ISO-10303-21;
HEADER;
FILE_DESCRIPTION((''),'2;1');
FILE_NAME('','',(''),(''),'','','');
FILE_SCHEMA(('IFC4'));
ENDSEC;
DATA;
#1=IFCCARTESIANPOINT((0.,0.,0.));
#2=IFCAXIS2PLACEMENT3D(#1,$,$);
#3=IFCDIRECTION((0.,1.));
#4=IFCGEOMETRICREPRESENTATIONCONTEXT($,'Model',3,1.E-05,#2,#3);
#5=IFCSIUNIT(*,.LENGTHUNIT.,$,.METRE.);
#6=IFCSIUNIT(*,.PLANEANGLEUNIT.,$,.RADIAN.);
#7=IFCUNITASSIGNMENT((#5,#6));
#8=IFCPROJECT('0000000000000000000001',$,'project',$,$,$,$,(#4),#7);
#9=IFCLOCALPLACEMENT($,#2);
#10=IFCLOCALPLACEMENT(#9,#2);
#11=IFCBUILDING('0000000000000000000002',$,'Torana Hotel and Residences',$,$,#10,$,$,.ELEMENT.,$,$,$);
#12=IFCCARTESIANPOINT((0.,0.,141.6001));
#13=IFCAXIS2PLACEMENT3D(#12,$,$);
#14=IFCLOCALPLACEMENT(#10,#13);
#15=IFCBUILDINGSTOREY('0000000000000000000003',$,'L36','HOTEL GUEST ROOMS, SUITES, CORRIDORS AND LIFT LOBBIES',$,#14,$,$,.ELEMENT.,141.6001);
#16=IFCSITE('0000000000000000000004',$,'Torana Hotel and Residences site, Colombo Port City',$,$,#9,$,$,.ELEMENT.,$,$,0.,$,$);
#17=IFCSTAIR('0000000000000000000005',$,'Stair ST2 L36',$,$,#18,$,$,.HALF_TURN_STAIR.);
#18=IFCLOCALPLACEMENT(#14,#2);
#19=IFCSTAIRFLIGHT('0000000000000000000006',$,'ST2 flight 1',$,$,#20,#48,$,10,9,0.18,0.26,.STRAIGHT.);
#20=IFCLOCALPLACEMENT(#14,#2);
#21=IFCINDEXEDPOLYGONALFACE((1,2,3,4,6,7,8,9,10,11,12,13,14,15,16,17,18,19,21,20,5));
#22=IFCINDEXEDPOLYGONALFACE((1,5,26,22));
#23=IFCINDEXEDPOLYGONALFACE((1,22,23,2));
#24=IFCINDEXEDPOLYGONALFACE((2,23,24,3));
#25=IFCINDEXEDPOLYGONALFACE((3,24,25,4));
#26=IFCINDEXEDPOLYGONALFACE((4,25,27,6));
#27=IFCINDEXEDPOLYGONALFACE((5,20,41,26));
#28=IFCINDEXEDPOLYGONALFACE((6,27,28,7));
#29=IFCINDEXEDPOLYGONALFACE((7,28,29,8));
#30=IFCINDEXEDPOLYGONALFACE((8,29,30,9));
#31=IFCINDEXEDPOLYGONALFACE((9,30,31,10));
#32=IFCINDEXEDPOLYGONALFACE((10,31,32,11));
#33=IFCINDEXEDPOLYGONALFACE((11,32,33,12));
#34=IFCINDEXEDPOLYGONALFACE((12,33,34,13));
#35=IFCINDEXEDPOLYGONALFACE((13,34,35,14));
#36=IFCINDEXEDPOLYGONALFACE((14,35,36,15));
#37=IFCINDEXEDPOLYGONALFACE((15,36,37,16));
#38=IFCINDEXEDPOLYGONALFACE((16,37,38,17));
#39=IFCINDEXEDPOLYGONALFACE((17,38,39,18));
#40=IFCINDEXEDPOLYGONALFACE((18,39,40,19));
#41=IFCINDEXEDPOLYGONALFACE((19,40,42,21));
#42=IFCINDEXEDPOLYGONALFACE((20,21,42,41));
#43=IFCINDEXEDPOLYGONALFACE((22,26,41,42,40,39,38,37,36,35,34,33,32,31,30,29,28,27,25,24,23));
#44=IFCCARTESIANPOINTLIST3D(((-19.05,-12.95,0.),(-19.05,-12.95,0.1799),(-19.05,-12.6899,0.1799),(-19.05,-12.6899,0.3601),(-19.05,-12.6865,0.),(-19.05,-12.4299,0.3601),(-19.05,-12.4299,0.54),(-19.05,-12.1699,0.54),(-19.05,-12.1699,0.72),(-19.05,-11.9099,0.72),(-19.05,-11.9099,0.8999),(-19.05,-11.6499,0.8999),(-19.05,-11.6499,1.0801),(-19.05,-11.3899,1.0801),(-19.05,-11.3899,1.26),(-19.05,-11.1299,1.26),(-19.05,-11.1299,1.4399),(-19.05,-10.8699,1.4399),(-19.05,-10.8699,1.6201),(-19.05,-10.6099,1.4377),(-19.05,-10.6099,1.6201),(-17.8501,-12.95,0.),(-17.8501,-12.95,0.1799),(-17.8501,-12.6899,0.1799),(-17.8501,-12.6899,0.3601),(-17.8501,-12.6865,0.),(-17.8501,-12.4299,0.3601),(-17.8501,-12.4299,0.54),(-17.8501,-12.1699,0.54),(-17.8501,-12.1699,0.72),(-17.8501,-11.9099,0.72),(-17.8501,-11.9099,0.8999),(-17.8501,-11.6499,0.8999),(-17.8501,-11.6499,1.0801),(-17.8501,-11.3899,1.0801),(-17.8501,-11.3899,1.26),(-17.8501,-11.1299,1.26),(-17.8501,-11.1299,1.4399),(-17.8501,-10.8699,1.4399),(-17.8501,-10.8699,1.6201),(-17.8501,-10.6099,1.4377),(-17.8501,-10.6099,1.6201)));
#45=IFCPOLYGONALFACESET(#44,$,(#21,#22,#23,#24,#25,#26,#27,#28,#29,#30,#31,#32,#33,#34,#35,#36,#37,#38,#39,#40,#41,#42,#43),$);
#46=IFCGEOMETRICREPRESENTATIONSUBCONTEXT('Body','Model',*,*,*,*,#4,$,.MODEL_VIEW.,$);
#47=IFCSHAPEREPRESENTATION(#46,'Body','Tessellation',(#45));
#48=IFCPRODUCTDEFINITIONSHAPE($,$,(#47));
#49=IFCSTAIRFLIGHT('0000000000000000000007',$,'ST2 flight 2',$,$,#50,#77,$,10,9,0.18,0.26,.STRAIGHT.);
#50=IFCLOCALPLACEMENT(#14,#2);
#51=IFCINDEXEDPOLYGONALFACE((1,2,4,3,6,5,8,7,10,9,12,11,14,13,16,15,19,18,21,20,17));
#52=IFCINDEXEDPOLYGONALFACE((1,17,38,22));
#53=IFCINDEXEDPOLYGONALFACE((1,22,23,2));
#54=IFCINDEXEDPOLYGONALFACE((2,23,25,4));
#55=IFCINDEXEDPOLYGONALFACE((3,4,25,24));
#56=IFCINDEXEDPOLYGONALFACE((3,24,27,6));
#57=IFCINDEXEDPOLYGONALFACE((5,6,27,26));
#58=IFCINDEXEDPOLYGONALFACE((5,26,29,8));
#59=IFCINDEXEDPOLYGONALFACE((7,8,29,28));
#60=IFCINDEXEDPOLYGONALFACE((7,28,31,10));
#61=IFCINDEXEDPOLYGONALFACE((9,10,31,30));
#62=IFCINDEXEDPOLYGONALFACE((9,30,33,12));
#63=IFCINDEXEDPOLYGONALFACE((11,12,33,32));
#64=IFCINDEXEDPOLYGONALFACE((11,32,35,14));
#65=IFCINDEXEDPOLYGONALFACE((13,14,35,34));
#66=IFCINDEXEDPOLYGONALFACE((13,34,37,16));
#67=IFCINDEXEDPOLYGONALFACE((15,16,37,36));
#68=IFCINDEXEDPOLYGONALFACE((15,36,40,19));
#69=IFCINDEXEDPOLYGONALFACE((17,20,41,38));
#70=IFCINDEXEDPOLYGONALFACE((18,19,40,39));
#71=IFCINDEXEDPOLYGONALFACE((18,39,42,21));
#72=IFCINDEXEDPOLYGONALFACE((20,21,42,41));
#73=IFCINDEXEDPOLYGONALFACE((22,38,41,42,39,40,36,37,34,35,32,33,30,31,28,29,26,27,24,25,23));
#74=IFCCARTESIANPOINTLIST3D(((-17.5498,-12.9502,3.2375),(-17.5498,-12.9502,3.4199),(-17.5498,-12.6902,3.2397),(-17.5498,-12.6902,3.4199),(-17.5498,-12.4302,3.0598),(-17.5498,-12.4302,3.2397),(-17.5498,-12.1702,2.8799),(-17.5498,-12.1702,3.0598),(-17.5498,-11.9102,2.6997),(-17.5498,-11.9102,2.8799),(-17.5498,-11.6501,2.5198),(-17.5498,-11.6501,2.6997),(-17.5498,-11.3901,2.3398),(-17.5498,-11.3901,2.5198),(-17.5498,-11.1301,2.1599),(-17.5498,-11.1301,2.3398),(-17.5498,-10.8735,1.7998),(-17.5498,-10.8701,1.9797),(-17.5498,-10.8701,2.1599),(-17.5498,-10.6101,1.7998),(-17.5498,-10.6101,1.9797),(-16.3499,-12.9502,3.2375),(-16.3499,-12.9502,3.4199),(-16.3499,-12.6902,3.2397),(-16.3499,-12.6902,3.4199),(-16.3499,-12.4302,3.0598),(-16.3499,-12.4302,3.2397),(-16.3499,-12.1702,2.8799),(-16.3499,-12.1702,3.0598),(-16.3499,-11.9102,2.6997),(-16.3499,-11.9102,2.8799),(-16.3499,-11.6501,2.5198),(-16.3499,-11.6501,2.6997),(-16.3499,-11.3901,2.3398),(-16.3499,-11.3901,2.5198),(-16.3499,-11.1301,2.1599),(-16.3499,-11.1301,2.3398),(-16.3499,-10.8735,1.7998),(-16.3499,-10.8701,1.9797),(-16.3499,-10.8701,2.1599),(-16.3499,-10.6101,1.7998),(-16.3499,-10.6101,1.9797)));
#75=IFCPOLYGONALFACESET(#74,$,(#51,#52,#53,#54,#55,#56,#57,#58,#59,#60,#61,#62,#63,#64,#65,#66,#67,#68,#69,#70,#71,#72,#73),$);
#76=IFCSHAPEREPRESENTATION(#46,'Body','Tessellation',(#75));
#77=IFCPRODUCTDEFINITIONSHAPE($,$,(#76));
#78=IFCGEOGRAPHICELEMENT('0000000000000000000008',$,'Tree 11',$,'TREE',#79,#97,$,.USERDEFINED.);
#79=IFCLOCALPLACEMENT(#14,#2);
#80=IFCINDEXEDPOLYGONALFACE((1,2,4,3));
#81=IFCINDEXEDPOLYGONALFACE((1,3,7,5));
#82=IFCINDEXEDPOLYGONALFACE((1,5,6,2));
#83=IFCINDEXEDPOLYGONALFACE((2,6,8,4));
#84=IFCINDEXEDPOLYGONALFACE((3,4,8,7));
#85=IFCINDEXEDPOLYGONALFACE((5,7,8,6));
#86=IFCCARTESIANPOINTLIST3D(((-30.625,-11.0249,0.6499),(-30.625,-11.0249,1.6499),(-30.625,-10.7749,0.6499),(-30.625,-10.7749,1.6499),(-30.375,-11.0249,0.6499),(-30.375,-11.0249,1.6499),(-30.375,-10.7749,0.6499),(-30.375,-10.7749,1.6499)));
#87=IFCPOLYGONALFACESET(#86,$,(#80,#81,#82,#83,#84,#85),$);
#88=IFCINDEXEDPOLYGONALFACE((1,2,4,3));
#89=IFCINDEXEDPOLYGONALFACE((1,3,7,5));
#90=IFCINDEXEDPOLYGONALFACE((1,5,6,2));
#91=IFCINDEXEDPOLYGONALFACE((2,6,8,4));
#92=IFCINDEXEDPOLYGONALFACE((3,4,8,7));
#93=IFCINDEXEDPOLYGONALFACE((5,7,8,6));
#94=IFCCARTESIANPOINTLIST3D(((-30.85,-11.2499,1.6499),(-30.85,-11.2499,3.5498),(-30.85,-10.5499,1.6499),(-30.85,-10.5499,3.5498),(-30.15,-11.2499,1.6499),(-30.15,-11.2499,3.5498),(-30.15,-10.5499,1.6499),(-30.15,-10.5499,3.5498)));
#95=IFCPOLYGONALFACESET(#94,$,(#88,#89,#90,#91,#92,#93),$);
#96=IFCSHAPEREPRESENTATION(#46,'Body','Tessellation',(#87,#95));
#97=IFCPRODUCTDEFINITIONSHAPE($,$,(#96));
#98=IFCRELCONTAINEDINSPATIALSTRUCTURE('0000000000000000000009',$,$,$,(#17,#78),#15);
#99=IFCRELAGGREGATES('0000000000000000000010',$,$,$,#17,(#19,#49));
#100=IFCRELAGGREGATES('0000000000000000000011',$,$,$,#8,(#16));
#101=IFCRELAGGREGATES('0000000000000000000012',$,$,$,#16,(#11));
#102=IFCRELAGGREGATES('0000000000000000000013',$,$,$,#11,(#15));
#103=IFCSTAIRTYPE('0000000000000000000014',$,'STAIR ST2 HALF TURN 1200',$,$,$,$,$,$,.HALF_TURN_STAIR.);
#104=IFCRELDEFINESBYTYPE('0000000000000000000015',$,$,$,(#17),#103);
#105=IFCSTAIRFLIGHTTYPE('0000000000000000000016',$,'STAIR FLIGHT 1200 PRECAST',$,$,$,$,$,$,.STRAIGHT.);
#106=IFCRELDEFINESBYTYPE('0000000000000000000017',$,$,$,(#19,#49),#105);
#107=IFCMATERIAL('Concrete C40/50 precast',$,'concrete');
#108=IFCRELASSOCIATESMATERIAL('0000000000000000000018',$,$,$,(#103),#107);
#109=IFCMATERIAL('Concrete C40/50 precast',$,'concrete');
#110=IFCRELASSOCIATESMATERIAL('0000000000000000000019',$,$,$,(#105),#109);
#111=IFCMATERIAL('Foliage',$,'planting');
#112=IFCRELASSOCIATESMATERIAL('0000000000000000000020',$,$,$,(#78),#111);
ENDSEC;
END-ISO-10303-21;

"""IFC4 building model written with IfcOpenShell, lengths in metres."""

from ifc_helpers import new_model, si_unit, direction, frame, origin, origin_2d, place, context, subcontext, project, spatial, polyline, rectangle, outline, extrude, material, type_object, element, aggregate, save


model = new_model("IFC4")

# Units and contexts
model_context = context("Model", 3, precision=1e-05, world=origin(), true_north=direction((0.0, 1.0)))
body_context = subcontext(model_context, "Body", "Model", "MODEL_VIEW")
ifc_project = project(units=[si_unit("LENGTHUNIT", "METRE"), si_unit("PLANEANGLEUNIT", "RADIAN")], contexts=[model_context])

# Site, building, storey
site_placement = place(None, origin())
site = spatial("IfcSite", under=ifc_project, at=site_placement, Name="Torana Hotel and Residences site, Colombo Port City", CompositionType="ELEMENT", RefElevation=0.0)
building_placement = place(site_placement, origin())
building = spatial("IfcBuilding", under=site, at=building_placement, Name="Torana Hotel and Residences", CompositionType="ELEMENT")
storey_placement = place(building_placement, frame((0.0, 0.0, 141.6001)))
storey = spatial("IfcBuildingStorey", under=building, at=storey_placement, Name="L36", Description="HOTEL GUEST ROOMS, SUITES, CORRIDORS AND LIFT LOBBIES", CompositionType="ELEMENT", Elevation=141.6001)

# Stair, stair flights
ifc_material_1 = material(Name="Concrete C40/50 precast", Category="concrete")
stair_type = type_object("IfcStairType", Name="STAIR ST2 HALF TURN 1200", PredefinedType="HALF_TURN_STAIR", material=ifc_material_1)
stair_placement = place(storey_placement, origin())
stair = element("IfcStair", 1, at=stair_placement, inside=storey, type_object=stair_type, Name="Stair ST2 L36", PredefinedType="HALF_TURN_STAIR")
ifc_material_2 = material(Name="Concrete C40/50 precast", Category="concrete")
stair_flight_type = type_object("IfcStairFlightType", Name="STAIR FLIGHT 1200 PRECAST", PredefinedType="STRAIGHT", material=ifc_material_2)
stair_flight_1_placement = place(storey_placement, frame((-18.45, -12.95, 0.0), z_axis=(0.0, 0.0, 1.0), x_axis=(0.0, 1.0, 0.0)))
stair_flight_1 = element("IfcStairFlight", 2, at=stair_flight_1_placement, type_object=stair_flight_type, Name="ST2 flight 1", NumberOfRisers=10, NumberOfTreads=9, PredefinedType="STRAIGHT", RiserHeight=0.18, TreadLength=0.26, context=body_context, shape_type="SweptSolid", body=[
    extrude(outline(polyline([(0.0, 0.0), (0.0, 0.1799), (0.26, 0.1799), (0.26, 0.3601), (0.52, 0.3601), (0.52, 0.54), (0.78, 0.54), (0.78, 0.72), (1.04, 0.72), (1.04, 0.8999), (1.3, 0.8999), (1.3, 1.0801), (1.5601, 1.0801), (1.5601, 1.26), (1.8201, 1.26), (1.8201, 1.4399), (2.0801, 1.4399), (2.0801, 1.6201), (2.3401, 1.6201), (2.3401, 1.8), (2.3401, 1.4377), (0.2634, 0.0), (0.0, 0.0)])), frame((0.0, 0.6001, 0.0), z_axis=(0.0, -1.0, 0.0), x_axis=(1.0, 0.0, 0.0)), (0.0, 0.0, 1.0), 1.2),
])
stair_flight_2_placement = place(storey_placement, frame((-16.95, -10.6101, 1.7998), z_axis=(0.0, 0.0, 1.0), x_axis=(0.0, -1.0, 0.0)))
stair_flight_2 = element("IfcStairFlight", 3, at=stair_flight_2_placement, type_object=stair_flight_type, Name="ST2 flight 2", NumberOfRisers=10, NumberOfTreads=9, PredefinedType="STRAIGHT", RiserHeight=0.18, TreadLength=0.26, context=body_context, shape_type="SweptSolid", body=[
    extrude(outline(polyline([(0.0, 0.0), (0.0, 0.1799), (0.26, 0.1799), (0.26, 0.3601), (0.52, 0.3601), (0.52, 0.54), (0.78, 0.54), (0.78, 0.72), (1.04, 0.72), (1.04, 0.8999), (1.3, 0.8999), (1.3, 1.0801), (1.5601, 1.0801), (1.5601, 1.26), (1.8201, 1.26), (1.8201, 1.4399), (2.0801, 1.4399), (2.0801, 1.6201), (2.3401, 1.6201), (2.3401, 1.8), (2.3401, 1.4377), (0.2634, 0.0), (0.0, 0.0)])), frame((0.0, 0.6001, 0.0), z_axis=(0.0, -1.0, 0.0), x_axis=(1.0, 0.0, 0.0)), (0.0, 0.0, 1.0), 1.2),
])
aggregate(stair, [stair_flight_1, stair_flight_2])

# Geographic element
ifc_material_3 = material(Name="Foliage", Category="planting")
geographic_element_placement = place(storey_placement, frame((-30.5, -10.8999, 0.6499), z_axis=(0.0, 0.0, 1.0), x_axis=(1.0, 0.0, 0.0)))
element("IfcGeographicElement", 4, at=geographic_element_placement, inside=storey, material=ifc_material_3, Name="Tree 11", ObjectType="TREE", PredefinedType="USERDEFINED", context=body_context, shape_type="SweptSolid", body=[
    extrude(rectangle(XDim=0.25, YDim=0.25, at=origin_2d()), origin(), (0.0, 0.0, 1.0), 1.0),
    extrude(rectangle(XDim=0.7, YDim=0.7, at=origin_2d()), frame((0.0, 0.0, 1.0)), (0.0, 0.0, 1.0), 1.8999),
])

save(model, "model.ifc")
